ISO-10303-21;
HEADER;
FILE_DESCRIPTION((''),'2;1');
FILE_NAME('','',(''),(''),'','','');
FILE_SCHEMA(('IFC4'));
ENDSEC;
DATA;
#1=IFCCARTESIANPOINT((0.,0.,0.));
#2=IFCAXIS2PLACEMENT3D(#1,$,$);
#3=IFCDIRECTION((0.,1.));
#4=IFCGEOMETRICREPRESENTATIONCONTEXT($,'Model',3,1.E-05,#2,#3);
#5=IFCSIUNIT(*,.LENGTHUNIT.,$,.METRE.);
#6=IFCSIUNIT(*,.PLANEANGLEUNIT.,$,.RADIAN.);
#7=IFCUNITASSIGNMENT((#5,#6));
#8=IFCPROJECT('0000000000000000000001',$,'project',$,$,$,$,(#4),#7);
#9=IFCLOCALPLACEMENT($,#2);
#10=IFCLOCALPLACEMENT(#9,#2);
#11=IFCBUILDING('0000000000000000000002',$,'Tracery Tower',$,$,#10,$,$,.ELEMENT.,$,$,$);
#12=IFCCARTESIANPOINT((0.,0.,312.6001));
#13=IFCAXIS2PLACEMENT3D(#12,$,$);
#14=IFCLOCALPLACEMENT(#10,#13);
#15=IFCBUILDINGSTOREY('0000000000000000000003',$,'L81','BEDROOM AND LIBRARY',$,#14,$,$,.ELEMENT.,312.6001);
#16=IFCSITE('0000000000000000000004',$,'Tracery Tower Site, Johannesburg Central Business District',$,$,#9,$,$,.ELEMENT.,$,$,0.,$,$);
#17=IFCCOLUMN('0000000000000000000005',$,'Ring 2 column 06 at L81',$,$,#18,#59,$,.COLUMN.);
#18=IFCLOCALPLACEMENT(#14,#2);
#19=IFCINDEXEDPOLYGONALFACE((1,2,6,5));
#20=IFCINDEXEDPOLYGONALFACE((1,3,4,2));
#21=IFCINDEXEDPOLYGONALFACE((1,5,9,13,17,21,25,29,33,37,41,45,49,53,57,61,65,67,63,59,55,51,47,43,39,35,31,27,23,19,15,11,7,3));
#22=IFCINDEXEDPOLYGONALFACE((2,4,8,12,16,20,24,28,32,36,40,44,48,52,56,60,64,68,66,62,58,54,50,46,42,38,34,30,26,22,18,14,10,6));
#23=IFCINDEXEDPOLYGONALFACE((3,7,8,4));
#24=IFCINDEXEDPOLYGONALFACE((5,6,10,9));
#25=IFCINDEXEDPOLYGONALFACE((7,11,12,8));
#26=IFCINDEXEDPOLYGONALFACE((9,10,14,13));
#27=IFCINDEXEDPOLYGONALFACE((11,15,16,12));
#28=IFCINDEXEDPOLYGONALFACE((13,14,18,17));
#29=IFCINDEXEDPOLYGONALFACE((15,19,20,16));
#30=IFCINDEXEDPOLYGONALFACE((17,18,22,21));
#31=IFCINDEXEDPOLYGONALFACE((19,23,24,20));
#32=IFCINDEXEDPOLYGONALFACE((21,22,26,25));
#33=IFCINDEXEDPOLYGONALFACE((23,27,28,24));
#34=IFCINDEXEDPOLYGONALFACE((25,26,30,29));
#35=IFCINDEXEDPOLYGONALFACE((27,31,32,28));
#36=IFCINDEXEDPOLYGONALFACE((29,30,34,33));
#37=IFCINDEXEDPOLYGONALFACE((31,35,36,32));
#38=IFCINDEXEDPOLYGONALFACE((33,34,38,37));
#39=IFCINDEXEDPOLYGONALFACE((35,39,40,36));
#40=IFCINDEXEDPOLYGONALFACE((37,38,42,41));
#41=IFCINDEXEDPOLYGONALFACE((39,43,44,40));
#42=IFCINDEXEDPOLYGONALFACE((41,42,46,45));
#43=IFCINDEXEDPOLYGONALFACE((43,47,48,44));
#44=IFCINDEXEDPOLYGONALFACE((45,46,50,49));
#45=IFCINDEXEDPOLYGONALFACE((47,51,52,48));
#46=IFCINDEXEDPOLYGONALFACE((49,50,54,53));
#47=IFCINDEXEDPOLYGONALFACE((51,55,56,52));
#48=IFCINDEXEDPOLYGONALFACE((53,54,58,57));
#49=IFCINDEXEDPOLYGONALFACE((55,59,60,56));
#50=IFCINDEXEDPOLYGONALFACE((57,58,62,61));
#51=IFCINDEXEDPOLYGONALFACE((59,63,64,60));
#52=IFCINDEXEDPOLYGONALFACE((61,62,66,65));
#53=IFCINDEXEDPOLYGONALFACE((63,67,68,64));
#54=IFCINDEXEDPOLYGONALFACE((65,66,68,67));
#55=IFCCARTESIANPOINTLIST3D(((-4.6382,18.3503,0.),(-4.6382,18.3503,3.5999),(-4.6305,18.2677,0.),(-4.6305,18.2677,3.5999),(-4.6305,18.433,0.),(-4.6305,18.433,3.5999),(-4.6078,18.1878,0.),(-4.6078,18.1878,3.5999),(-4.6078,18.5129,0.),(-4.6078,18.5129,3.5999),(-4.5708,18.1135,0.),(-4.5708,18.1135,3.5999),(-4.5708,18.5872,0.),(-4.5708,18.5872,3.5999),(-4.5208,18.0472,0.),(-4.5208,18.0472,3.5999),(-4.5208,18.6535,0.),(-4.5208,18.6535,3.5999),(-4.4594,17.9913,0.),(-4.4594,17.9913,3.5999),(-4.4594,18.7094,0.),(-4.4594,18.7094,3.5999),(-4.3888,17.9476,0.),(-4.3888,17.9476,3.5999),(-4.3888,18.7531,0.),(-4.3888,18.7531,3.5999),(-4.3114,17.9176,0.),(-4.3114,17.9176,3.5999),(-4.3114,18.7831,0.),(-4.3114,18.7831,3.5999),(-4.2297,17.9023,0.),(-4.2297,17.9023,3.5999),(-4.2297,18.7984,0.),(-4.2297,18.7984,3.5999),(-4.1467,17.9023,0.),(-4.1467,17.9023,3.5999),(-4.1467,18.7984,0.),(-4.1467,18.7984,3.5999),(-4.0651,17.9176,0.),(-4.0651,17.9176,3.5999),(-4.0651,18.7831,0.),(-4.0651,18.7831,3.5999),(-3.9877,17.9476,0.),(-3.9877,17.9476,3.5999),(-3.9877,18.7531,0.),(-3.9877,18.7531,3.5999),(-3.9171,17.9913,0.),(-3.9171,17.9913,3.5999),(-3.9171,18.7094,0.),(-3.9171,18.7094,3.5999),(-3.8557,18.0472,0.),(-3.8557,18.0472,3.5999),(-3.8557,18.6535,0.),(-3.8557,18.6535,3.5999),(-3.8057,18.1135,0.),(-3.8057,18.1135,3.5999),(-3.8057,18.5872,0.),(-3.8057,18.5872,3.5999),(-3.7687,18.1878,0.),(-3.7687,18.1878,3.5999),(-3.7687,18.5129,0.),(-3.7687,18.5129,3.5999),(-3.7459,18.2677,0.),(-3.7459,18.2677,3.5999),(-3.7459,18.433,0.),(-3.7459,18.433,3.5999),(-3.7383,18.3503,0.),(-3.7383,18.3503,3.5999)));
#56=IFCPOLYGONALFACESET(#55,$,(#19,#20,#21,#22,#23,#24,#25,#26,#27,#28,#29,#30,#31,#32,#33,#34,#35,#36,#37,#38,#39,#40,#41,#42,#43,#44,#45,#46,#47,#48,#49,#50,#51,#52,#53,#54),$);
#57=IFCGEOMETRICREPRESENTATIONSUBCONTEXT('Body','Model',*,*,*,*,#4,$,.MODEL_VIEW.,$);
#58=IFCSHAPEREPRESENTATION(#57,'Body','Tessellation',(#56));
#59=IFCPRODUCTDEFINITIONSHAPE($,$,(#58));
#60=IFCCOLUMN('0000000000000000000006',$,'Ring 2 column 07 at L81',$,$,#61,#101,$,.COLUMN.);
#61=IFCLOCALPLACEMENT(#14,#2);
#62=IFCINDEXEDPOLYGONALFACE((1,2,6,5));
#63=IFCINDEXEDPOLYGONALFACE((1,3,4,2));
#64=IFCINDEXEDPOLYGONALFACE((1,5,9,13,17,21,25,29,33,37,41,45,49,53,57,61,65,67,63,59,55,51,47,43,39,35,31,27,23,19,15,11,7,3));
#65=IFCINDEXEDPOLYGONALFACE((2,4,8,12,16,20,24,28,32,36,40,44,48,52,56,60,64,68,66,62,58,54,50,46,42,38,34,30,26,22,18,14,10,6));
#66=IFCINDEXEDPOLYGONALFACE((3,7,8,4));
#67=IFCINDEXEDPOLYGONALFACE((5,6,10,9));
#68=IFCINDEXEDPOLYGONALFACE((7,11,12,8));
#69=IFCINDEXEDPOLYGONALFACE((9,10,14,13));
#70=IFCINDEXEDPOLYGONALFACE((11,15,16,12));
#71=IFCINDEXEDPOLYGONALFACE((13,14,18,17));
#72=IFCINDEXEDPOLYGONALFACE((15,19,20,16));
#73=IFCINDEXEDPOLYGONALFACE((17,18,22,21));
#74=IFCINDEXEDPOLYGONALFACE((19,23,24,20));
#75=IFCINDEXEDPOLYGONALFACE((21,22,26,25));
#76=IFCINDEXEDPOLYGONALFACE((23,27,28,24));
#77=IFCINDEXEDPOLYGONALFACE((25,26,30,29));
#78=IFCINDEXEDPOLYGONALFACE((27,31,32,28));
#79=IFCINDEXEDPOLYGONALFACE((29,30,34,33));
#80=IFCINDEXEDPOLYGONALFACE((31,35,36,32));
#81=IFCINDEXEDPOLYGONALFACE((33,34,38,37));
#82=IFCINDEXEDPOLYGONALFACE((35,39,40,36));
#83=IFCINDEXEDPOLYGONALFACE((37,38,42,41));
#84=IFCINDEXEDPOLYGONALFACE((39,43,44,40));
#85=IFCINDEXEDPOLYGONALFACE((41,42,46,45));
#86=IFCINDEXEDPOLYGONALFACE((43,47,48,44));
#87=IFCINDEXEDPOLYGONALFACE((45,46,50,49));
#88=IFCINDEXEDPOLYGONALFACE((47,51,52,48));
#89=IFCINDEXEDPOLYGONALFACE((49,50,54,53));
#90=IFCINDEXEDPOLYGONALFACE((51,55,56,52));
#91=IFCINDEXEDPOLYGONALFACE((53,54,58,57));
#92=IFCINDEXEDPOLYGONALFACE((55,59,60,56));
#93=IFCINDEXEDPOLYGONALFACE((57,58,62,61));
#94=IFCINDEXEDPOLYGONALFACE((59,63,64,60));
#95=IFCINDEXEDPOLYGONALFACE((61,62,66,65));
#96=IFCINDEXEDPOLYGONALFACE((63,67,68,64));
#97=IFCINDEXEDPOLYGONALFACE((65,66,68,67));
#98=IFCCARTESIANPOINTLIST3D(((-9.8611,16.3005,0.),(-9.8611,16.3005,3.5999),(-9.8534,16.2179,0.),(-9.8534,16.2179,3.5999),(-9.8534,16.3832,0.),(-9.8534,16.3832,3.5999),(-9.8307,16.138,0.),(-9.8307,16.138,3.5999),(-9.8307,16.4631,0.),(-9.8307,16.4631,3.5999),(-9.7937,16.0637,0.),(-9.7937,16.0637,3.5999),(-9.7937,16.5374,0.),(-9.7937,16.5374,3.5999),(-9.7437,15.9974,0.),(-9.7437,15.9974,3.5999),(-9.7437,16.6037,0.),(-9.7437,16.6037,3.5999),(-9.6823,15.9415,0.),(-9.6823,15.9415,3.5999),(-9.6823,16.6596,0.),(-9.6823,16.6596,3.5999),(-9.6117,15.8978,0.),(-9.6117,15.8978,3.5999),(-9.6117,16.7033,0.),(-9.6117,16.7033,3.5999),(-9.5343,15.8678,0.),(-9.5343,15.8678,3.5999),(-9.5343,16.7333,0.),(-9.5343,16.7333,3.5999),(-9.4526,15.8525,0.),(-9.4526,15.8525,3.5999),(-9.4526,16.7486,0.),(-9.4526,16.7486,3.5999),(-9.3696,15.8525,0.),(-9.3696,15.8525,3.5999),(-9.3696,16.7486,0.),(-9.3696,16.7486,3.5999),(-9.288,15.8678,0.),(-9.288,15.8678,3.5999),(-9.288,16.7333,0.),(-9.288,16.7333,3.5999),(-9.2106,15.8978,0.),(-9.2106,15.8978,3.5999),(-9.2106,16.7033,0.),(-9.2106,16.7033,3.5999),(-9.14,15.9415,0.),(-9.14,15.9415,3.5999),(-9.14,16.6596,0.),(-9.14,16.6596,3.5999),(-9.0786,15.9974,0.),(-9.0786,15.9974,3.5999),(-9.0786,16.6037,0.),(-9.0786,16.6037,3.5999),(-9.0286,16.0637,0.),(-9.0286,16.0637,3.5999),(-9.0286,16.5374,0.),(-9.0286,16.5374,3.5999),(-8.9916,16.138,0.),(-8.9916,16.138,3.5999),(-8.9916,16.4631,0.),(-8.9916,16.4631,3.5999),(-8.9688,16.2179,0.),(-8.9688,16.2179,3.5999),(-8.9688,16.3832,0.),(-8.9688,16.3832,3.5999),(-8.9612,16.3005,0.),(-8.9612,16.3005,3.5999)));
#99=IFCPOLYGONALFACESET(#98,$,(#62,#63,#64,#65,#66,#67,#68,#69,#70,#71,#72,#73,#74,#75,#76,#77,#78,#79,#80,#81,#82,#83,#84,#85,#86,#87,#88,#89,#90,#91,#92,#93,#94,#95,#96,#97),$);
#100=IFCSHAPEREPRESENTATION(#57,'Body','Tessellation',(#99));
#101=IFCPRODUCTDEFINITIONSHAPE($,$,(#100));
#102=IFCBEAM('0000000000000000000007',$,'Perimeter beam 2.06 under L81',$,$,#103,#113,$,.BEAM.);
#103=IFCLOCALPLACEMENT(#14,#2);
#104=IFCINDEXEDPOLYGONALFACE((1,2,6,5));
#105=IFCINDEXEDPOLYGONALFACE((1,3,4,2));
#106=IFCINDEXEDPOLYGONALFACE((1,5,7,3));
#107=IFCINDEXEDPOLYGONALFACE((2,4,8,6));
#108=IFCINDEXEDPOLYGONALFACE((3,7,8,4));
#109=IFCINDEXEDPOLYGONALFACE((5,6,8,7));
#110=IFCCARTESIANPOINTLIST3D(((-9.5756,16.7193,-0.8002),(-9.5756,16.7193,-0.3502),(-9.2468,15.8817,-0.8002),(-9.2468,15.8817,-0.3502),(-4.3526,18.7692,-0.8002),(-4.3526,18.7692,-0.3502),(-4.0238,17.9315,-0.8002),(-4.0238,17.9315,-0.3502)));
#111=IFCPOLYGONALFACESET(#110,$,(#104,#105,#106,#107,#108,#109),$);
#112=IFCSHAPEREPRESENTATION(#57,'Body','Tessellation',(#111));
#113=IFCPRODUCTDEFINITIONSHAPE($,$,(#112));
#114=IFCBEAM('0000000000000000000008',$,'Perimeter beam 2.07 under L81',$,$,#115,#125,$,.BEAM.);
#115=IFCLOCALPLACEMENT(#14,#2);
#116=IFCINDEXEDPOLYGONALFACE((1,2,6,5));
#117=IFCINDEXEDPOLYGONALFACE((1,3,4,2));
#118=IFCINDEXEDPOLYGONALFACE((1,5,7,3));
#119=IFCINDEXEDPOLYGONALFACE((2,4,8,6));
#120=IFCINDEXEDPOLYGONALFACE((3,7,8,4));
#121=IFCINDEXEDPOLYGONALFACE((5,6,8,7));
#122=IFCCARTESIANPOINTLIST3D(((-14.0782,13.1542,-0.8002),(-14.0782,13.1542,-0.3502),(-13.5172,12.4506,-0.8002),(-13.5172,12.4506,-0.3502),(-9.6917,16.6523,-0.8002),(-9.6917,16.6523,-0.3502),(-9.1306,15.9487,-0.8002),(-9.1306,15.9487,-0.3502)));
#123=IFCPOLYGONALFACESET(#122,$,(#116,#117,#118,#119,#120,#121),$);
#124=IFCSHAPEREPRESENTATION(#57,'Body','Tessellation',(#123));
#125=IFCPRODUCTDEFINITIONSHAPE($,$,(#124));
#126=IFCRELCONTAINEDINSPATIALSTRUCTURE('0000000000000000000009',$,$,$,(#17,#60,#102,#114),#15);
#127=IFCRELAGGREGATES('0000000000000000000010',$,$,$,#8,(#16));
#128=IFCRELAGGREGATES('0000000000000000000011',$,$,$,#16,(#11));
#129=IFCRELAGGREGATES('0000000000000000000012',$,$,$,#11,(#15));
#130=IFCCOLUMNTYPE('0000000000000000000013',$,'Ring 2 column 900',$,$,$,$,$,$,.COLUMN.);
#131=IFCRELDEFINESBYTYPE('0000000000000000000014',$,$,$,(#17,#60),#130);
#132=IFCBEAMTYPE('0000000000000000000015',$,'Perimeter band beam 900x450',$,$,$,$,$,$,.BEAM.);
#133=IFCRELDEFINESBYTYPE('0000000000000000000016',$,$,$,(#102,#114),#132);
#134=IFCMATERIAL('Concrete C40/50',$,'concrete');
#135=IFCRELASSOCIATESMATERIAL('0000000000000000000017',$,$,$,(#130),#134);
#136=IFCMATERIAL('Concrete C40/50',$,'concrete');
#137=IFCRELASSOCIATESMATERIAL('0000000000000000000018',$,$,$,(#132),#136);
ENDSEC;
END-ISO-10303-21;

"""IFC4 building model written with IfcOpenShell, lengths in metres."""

from ifc_helpers import new_model, si_unit, direction, frame, origin, origin_2d, place, context, subcontext, project, spatial, rectangle, circle, extrude, material, material_profile, profile_set, type_object, element, save


model = new_model("IFC4")

# Units and contexts
model_context = context("Model", 3, precision=1e-05, world=origin(), true_north=direction((0.0, 1.0)))
body_context = subcontext(model_context, "Body", "Model", "MODEL_VIEW")
ifc_project = project(units=[si_unit("LENGTHUNIT", "METRE"), si_unit("PLANEANGLEUNIT", "RADIAN")], contexts=[model_context])

# Site, building, storey
site_placement = place(None, origin())
site = spatial("IfcSite", under=ifc_project, at=site_placement, Name="Tracery Tower Site, Johannesburg Central Business District", CompositionType="ELEMENT", RefElevation=0.0)
building_placement = place(site_placement, origin())
building = spatial("IfcBuilding", under=site, at=building_placement, Name="Tracery Tower", CompositionType="ELEMENT")
storey_placement = place(building_placement, frame((0.0, 0.0, 312.6001)))
storey = spatial("IfcBuildingStorey", under=building, at=storey_placement, Name="L81", Description="BEDROOM AND LIBRARY", CompositionType="ELEMENT", Elevation=312.6001)

# Columns
ifc_material_1 = material(Name="Concrete C40/50", Category="concrete")
ifc_material_profile_1 = material_profile(ifc_material_1, circle(Radius=0.45, at=origin_2d()), Name="RC D900")
ifc_profile_set_1 = profile_set([ifc_material_profile_1], Name="Concrete C40/50")
column_type = type_object("IfcColumnType", Name="Ring 2 column 900", PredefinedType="COLUMN", material=ifc_profile_set_1)
for number, where, z_axis, x_axis, name in (
    (1, (-4.1882, 18.3503, 0.0), (0.0, 0.0, 1.0), (1.0, 0.0, 0.0), "Ring 2 column 06 at L81"),
    (2, (-9.4111, 16.3005, 0.0), (0.0, 0.0, 1.0), (1.0, 0.0, 0.0), "Ring 2 column 07 at L81"),
):
    element("IfcColumn", number, at=place(storey_placement, frame(where, z_axis=z_axis, x_axis=x_axis)), inside=storey, type_object=column_type, Name=name, PredefinedType="COLUMN", context=body_context, shape_type="SweptSolid", body=[
        extrude(circle(Radius=0.45, at=origin_2d()), origin(), (0.0, 0.0, 1.0), 3.5999),
    ])

# Beams
ifc_material_2 = material(Name="Concrete C40/50", Category="concrete")
ifc_material_profile_2 = material_profile(ifc_material_2, rectangle(XDim=0.8999, YDim=0.45, at=origin_2d()), Name="RC 900x450")
ifc_profile_set_2 = profile_set([ifc_material_profile_2], Name="Concrete C40/50")
beam_type = type_object("IfcBeamType", Name="Perimeter band beam 900x450", PredefinedType="BEAM", material=ifc_profile_set_2)
beam_1_placement = place(storey_placement, frame((-4.1882, 18.3503, -0.5752), z_axis=(-0.930876, -0.365336, 0.0), x_axis=(0.365336, -0.930876, 0.0)))
element("IfcBeam", 3, at=beam_1_placement, inside=storey, type_object=beam_type, Name="Perimeter beam 2.06 under L81", PredefinedType="BEAM", context=body_context, shape_type="SweptSolid", body=[
    extrude(rectangle(XDim=0.8999, YDim=0.45, at=origin_2d()), origin(), (0.0, 0.0, 1.0), 5.6108),
])
beam_2_placement = place(storey_placement, frame((-9.4111, 16.3005, -0.5752), z_axis=(-0.781836, -0.623484, 0.0), x_axis=(0.623484, -0.781836, 0.0)))
element("IfcBeam", 4, at=beam_2_placement, inside=storey, type_object=beam_type, Name="Perimeter beam 2.07 under L81", PredefinedType="BEAM", context=body_context, shape_type="SweptSolid", body=[
    extrude(rectangle(XDim=0.8999, YDim=0.45, at=origin_2d()), origin(), (0.0, 0.0, 1.0), 5.6106),
])

save(model, "model.ifc")
